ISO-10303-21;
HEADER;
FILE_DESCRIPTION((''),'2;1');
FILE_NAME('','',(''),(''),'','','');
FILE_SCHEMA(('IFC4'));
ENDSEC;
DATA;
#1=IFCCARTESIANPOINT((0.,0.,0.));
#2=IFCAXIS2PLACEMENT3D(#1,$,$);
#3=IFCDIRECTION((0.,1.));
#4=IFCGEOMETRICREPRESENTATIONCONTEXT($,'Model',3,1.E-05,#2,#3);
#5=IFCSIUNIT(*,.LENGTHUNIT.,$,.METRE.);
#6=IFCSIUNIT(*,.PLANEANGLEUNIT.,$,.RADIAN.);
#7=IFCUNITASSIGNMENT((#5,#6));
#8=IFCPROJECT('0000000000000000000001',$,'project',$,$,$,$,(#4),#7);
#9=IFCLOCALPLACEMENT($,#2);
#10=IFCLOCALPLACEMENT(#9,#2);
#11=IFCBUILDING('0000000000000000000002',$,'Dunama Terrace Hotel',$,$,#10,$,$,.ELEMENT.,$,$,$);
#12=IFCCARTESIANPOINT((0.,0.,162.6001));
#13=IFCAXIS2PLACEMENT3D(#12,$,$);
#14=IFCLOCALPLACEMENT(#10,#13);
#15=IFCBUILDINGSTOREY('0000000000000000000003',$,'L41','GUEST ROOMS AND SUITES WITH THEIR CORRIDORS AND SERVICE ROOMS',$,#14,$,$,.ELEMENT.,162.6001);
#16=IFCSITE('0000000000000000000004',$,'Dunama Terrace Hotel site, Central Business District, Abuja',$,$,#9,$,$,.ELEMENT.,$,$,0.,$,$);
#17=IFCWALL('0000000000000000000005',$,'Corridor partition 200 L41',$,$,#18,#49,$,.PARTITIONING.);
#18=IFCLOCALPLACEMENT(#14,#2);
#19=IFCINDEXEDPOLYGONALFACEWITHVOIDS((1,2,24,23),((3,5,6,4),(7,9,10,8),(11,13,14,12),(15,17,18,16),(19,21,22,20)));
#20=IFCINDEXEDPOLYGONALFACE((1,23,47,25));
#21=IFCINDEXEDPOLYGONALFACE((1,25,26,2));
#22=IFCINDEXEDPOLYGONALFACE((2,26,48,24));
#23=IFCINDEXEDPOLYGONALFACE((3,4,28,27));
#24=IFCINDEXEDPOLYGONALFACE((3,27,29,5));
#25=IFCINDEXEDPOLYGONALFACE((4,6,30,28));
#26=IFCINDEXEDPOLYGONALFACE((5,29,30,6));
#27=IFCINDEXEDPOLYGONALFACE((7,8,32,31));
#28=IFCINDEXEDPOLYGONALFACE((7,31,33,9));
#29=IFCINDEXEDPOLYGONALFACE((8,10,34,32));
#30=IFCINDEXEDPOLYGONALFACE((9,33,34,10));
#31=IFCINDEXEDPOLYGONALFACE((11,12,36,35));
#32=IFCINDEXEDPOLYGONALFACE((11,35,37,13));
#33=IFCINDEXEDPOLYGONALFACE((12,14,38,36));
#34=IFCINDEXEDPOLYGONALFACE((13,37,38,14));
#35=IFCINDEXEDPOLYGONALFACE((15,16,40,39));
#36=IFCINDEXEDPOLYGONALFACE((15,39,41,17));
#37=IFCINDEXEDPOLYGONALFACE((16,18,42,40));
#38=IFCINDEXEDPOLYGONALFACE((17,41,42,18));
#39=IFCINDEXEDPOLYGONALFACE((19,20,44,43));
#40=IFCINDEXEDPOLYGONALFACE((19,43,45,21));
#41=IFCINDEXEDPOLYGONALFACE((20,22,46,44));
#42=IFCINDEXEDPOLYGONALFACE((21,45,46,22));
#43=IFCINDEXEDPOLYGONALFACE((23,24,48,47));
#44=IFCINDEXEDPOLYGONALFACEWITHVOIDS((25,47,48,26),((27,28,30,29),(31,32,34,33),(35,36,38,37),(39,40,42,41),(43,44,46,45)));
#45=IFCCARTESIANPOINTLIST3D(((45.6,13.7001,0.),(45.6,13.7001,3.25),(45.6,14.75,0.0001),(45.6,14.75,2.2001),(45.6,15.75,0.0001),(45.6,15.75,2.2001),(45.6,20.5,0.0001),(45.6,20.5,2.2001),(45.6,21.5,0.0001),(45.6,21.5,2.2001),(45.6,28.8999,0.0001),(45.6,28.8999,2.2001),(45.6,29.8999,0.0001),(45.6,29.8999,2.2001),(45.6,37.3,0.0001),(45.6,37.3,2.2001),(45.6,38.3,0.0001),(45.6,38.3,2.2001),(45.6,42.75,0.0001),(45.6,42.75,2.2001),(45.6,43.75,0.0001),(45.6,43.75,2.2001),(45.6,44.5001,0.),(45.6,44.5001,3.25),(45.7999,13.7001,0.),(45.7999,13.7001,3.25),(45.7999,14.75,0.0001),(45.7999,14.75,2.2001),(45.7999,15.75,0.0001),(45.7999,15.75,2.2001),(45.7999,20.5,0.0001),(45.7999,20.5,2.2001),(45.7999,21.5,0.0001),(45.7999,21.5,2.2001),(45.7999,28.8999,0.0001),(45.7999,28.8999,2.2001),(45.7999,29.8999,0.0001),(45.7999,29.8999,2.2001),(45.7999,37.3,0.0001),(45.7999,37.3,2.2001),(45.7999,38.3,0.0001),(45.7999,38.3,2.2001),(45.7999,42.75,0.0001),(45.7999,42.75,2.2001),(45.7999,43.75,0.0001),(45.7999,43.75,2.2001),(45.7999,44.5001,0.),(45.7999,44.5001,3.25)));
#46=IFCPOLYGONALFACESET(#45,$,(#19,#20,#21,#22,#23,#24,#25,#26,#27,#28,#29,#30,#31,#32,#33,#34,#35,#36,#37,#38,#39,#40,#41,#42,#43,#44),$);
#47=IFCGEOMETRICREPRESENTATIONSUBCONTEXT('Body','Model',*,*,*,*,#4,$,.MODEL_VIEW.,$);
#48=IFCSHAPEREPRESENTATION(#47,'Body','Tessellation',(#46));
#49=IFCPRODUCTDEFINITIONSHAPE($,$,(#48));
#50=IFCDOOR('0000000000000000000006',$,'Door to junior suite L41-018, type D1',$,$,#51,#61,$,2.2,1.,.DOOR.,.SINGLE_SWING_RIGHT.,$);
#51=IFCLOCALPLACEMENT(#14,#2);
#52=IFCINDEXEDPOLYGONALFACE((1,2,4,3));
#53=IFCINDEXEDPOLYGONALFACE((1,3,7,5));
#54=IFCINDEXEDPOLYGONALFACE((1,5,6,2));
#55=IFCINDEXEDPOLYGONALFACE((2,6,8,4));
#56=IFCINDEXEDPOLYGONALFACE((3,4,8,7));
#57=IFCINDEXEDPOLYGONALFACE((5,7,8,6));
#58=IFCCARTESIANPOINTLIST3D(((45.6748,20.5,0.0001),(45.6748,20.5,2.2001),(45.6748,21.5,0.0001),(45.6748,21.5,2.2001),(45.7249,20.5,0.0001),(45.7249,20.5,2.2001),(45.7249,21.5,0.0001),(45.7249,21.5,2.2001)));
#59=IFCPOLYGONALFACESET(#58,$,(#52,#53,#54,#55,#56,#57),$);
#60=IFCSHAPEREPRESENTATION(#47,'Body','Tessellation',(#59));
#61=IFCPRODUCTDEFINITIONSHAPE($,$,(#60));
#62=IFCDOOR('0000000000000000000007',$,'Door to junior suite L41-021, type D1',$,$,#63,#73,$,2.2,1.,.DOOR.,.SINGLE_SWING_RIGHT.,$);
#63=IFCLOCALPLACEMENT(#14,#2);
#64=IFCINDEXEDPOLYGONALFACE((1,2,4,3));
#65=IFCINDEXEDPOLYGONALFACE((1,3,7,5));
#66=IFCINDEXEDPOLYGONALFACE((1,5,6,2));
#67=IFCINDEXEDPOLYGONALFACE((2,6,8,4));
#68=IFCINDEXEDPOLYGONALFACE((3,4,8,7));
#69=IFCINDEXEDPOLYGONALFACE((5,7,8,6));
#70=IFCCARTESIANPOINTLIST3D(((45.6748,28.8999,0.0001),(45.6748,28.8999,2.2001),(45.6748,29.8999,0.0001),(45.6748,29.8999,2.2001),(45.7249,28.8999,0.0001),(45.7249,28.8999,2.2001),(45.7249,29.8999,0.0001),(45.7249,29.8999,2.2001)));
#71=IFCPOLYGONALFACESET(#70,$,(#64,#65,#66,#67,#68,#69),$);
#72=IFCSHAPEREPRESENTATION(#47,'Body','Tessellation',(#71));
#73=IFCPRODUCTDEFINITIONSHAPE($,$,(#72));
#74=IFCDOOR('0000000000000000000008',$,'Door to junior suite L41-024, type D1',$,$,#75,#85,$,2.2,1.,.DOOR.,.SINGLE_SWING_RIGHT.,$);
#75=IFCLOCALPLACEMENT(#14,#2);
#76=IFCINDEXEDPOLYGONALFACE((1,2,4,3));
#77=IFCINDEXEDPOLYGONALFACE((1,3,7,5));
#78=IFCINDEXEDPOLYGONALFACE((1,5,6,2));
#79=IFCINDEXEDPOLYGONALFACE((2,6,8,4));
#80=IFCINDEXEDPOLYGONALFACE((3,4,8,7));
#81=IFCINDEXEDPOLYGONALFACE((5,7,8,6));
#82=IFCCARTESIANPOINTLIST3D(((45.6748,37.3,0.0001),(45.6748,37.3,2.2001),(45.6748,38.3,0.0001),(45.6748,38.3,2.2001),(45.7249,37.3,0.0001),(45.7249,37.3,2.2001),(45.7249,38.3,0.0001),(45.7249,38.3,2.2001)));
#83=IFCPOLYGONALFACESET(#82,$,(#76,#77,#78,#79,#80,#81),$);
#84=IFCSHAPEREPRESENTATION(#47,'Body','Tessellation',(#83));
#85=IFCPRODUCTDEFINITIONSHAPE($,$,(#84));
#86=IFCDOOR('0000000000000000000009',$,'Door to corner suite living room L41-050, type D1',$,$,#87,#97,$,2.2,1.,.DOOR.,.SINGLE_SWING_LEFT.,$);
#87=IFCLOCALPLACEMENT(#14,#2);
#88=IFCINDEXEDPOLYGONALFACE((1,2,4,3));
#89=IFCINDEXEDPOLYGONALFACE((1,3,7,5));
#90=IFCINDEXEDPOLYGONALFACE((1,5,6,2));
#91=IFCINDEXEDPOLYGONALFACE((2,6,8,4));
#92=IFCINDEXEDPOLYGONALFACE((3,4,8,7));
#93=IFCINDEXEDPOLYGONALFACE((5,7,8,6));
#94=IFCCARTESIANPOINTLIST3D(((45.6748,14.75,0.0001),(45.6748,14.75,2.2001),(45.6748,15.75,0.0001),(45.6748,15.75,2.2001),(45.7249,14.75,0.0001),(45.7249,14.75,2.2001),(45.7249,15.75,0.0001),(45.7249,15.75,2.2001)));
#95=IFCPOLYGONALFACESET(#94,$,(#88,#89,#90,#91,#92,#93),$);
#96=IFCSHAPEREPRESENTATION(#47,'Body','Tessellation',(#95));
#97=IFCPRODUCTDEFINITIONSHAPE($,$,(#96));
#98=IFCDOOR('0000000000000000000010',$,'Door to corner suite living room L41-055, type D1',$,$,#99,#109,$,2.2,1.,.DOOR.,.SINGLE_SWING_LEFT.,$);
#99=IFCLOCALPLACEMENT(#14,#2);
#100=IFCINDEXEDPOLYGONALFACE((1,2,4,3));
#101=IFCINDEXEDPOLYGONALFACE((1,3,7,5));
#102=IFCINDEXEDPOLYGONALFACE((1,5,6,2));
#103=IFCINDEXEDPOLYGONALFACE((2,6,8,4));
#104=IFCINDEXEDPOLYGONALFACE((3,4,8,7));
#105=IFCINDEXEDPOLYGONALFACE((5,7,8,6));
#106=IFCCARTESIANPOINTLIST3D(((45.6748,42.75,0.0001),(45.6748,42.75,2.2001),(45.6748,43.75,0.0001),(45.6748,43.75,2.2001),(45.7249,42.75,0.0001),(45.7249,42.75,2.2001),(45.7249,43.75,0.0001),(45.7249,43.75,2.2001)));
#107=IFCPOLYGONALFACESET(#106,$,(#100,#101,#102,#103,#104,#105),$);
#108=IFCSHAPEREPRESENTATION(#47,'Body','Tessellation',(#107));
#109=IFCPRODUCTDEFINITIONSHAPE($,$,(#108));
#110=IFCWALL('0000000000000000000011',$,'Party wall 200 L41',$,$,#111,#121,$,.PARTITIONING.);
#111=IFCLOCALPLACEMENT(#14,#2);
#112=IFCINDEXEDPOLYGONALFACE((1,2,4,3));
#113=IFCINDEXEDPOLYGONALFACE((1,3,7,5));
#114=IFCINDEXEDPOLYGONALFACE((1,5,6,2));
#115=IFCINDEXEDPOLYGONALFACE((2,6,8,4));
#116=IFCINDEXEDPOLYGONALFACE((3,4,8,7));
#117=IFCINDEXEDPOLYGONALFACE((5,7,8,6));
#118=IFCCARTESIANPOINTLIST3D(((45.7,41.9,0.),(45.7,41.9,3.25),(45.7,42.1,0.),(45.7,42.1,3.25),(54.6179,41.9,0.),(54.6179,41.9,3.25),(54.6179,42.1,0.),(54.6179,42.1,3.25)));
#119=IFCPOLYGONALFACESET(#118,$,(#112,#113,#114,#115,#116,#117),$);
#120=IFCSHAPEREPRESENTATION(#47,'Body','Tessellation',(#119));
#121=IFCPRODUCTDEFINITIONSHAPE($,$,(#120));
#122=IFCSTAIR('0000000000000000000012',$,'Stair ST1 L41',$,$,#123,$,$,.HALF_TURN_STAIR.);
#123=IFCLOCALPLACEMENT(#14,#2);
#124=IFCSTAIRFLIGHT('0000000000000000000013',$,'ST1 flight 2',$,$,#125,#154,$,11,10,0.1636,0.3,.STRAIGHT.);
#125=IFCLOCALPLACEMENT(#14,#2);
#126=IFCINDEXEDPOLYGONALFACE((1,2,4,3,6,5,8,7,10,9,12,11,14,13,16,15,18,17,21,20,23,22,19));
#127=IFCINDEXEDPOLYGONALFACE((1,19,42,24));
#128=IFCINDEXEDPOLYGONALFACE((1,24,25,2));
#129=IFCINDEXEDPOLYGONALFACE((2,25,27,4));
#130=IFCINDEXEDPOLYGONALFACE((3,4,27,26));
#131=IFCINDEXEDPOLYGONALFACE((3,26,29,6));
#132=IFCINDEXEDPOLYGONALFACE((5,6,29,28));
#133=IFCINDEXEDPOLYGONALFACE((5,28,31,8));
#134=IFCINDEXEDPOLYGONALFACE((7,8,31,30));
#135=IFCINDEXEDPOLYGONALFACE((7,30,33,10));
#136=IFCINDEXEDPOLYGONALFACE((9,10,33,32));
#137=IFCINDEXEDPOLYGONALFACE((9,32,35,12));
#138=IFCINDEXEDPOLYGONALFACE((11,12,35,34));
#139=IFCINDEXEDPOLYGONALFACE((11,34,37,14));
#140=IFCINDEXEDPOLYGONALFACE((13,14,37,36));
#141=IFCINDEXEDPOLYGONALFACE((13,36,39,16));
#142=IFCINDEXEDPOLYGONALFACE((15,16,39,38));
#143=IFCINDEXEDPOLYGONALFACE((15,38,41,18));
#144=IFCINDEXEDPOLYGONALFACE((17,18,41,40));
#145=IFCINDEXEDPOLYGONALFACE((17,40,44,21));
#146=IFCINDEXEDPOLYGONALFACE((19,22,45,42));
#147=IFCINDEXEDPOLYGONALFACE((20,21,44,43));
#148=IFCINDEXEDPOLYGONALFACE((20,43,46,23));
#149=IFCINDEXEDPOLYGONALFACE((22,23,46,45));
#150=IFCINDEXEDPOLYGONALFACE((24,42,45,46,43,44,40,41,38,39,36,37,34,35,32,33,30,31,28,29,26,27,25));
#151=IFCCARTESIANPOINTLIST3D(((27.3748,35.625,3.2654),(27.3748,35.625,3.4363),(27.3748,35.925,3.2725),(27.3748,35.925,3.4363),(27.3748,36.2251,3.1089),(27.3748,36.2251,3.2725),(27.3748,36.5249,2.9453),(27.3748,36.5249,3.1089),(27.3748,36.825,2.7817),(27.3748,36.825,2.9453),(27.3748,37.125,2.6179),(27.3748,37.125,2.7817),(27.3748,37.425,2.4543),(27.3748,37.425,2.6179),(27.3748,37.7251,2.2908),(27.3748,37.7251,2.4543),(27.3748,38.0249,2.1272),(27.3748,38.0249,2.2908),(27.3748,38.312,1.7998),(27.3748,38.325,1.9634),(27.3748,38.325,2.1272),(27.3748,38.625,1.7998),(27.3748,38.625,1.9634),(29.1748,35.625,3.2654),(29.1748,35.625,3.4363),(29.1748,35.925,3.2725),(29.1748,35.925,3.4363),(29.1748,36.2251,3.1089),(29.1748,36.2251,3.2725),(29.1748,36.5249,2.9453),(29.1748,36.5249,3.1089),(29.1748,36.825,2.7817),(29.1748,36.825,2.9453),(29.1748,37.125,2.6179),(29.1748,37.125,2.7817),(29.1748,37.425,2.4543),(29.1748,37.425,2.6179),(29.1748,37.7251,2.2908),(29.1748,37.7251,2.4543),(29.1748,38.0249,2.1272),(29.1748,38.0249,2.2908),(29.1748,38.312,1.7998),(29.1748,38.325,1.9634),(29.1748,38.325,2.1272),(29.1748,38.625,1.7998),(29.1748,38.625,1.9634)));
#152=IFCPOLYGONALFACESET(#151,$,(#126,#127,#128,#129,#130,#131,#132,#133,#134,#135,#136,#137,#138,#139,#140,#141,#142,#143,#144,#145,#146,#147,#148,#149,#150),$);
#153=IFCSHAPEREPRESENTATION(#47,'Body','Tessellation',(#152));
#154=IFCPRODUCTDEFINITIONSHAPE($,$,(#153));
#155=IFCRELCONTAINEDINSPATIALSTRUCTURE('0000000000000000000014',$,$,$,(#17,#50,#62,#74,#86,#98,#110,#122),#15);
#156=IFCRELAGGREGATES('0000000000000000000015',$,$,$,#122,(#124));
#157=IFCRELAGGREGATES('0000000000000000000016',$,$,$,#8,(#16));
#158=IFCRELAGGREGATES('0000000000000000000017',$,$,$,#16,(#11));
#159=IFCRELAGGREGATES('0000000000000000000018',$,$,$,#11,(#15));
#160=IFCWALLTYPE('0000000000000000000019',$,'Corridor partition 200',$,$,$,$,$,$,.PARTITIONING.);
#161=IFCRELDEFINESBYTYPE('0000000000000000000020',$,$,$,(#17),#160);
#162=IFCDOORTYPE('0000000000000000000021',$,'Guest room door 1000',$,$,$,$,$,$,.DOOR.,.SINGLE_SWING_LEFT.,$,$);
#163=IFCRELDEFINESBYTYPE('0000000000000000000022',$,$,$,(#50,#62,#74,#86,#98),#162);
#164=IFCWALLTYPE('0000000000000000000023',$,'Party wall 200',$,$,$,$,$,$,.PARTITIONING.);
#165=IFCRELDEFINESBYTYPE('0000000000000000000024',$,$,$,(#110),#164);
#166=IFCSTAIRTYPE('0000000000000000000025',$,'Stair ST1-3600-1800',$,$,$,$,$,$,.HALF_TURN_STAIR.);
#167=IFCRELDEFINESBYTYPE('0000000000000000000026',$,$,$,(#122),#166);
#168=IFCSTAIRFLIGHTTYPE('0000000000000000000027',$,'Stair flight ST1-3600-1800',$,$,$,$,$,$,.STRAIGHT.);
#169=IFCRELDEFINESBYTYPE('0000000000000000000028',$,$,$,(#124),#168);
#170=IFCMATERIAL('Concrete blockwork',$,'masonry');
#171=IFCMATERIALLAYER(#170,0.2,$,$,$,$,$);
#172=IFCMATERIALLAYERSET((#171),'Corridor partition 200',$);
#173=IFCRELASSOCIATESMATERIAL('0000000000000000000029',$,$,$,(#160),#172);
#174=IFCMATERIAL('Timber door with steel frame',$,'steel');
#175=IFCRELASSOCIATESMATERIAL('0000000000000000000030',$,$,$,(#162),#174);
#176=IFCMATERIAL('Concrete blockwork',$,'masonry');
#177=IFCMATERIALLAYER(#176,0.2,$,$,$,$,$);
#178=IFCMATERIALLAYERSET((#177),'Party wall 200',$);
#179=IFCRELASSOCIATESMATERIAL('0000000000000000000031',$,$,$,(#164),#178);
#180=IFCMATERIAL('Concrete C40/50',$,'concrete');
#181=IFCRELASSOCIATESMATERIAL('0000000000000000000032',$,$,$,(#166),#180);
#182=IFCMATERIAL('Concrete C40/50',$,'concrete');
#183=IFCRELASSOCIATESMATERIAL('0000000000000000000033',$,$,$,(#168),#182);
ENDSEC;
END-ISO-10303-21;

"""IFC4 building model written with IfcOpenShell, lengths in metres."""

from ifc_helpers import new_model, si_unit, direction, frame, frame_2d, origin, place, context, subcontext, project, spatial, polyline, rectangle, outline, extrude, material, layer, layer_set, type_object, element, fill, aggregate, save


model = new_model("IFC4")

# Units and contexts
model_context = context("Model", 3, precision=1e-05, world=origin(), true_north=direction((0.0, 1.0)))
body_context = subcontext(model_context, "Body", "Model", "MODEL_VIEW")
ifc_project = project(units=[si_unit("LENGTHUNIT", "METRE"), si_unit("PLANEANGLEUNIT", "RADIAN")], contexts=[model_context])

# Site, building, storey
site_placement = place(None, origin())
site = spatial("IfcSite", under=ifc_project, at=site_placement, Name="Dunama Terrace Hotel site, Central Business District, Abuja", CompositionType="ELEMENT", RefElevation=0.0)
building_placement = place(site_placement, origin())
building = spatial("IfcBuilding", under=site, at=building_placement, Name="Dunama Terrace Hotel", CompositionType="ELEMENT")
storey_placement = place(building_placement, frame((0.0, 0.0, 162.6001)))
storey = spatial("IfcBuildingStorey", under=building, at=storey_placement, Name="L41", Description="GUEST ROOMS AND SUITES WITH THEIR CORRIDORS AND SERVICE ROOMS", CompositionType="ELEMENT", Elevation=162.6001)

# Shared definitions
ifc_material_1 = material(Name="Concrete blockwork", Category="masonry")
ifc_layer_1 = layer(ifc_material_1, 0.2)
ifc_layer_set_1 = layer_set([ifc_layer_1], Name="Corridor partition 200")
wall_type_1 = type_object("IfcWallType", Name="Corridor partition 200", PredefinedType="PARTITIONING", material=ifc_layer_set_1)

# Wall, openings, doors
wall_1_placement = place(storey_placement, frame((45.7, 44.5, 0.0), z_axis=(0.0, 0.0, 1.0), x_axis=(0.0, -1.0, 0.0)))
wall_1 = element("IfcWall", 1, at=wall_1_placement, inside=storey, type_object=wall_type_1, Name="Corridor partition 200 L41", PredefinedType="PARTITIONING", context=body_context, shape_type="SweptSolid", body=[
    extrude(rectangle(XDim=30.8, YDim=0.2, at=frame_2d((15.3999, 0.0))), origin(), (0.0, 0.0, 1.0), 3.25),
])
opening_1_placement = place(wall_1_placement, frame((23.0, 0.0, 0.0)))
opening_1 = element("IfcOpeningElement", 2, at=opening_1_placement, cuts=wall_1, PredefinedType="OPENING", context=body_context, shape_type="SweptSolid", body=[
    extrude(rectangle(XDim=1.0, YDim=2.2, at=frame_2d((0.5, 1.1001))), frame((0.0, 0.1099, 0.0), z_axis=(0.0, -1.0, 0.0), x_axis=(1.0, 0.0, 0.0)), (0.0, 0.0, 1.0), 0.22),
])
opening_2_placement = place(wall_1_placement, frame((14.6001, 0.0, 0.0)))
opening_2 = element("IfcOpeningElement", 3, at=opening_2_placement, cuts=wall_1, PredefinedType="OPENING", context=body_context, shape_type="SweptSolid", body=[
    extrude(rectangle(XDim=1.0, YDim=2.2, at=frame_2d((0.5, 1.1001))), frame((0.0, 0.1099, 0.0), z_axis=(0.0, -1.0, 0.0), x_axis=(1.0, 0.0, 0.0)), (0.0, 0.0, 1.0), 0.22),
])
opening_3_placement = place(wall_1_placement, frame((6.2, 0.0, 0.0)))
opening_3 = element("IfcOpeningElement", 4, at=opening_3_placement, cuts=wall_1, PredefinedType="OPENING", context=body_context, shape_type="SweptSolid", body=[
    extrude(rectangle(XDim=1.0, YDim=2.2, at=frame_2d((0.5, 1.1001))), frame((0.0, 0.1099, 0.0), z_axis=(0.0, -1.0, 0.0), x_axis=(1.0, 0.0, 0.0)), (0.0, 0.0, 1.0), 0.22),
])
opening_4_placement = place(wall_1_placement, frame((28.75, 0.0, 0.0)))
opening_4 = element("IfcOpeningElement", 5, at=opening_4_placement, cuts=wall_1, PredefinedType="OPENING", context=body_context, shape_type="SweptSolid", body=[
    extrude(rectangle(XDim=1.0, YDim=2.2, at=frame_2d((0.5, 1.1001))), frame((0.0, 0.1099, 0.0), z_axis=(0.0, -1.0, 0.0), x_axis=(1.0, 0.0, 0.0)), (0.0, 0.0, 1.0), 0.22),
])
opening_5_placement = place(wall_1_placement, frame((0.75, 0.0, 0.0)))
opening_5 = element("IfcOpeningElement", 6, at=opening_5_placement, cuts=wall_1, PredefinedType="OPENING", context=body_context, shape_type="SweptSolid", body=[
    extrude(rectangle(XDim=1.0, YDim=2.2, at=frame_2d((0.5, 1.1001))), frame((0.0, 0.1099, 0.0), z_axis=(0.0, -1.0, 0.0), x_axis=(1.0, 0.0, 0.0)), (0.0, 0.0, 1.0), 0.22),
])
ifc_material_2 = material(Name="Timber door with steel frame", Category="steel")
door_type_1 = type_object("IfcDoorType", Name="Guest room door 1000", OperationType="SINGLE_SWING_LEFT", PredefinedType="DOOR", material=ifc_material_2)
door_1_placement = place(opening_1_placement, origin())
door_1 = element("IfcDoor", 7, at=door_1_placement, inside=storey, type_object=door_type_1, Name="Door to junior suite L41-018, type D1", OperationType="SINGLE_SWING_RIGHT", OverallHeight=2.2, OverallWidth=1.0, PredefinedType="DOOR", context=body_context, shape_type="SweptSolid", body=[
    extrude(rectangle(XDim=1.0, YDim=2.2, at=frame_2d((0.5, 1.1001))), frame((0.0, 0.0249, 0.0), z_axis=(0.0, -1.0, 0.0), x_axis=(1.0, 0.0, 0.0)), (0.0, 0.0, 1.0), 0.05),
])
fill(opening_1, door_1)
door_2_placement = place(opening_2_placement, origin())
door_2 = element("IfcDoor", 8, at=door_2_placement, inside=storey, type_object=door_type_1, Name="Door to junior suite L41-021, type D1", OperationType="SINGLE_SWING_RIGHT", OverallHeight=2.2, OverallWidth=1.0, PredefinedType="DOOR", context=body_context, shape_type="SweptSolid", body=[
    extrude(rectangle(XDim=1.0, YDim=2.2, at=frame_2d((0.5, 1.1001))), frame((0.0, 0.0249, 0.0), z_axis=(0.0, -1.0, 0.0), x_axis=(1.0, 0.0, 0.0)), (0.0, 0.0, 1.0), 0.05),
])
fill(opening_2, door_2)
door_3_placement = place(opening_3_placement, origin())
door_3 = element("IfcDoor", 9, at=door_3_placement, inside=storey, type_object=door_type_1, Name="Door to junior suite L41-024, type D1", OperationType="SINGLE_SWING_RIGHT", OverallHeight=2.2, OverallWidth=1.0, PredefinedType="DOOR", context=body_context, shape_type="SweptSolid", body=[
    extrude(rectangle(XDim=1.0, YDim=2.2, at=frame_2d((0.5, 1.1001))), frame((0.0, 0.0249, 0.0), z_axis=(0.0, -1.0, 0.0), x_axis=(1.0, 0.0, 0.0)), (0.0, 0.0, 1.0), 0.05),
])
fill(opening_3, door_3)
door_4_placement = place(opening_4_placement, origin())
door_4 = element("IfcDoor", 10, at=door_4_placement, inside=storey, type_object=door_type_1, Name="Door to corner suite living room L41-050, type D1", OperationType="SINGLE_SWING_LEFT", OverallHeight=2.2, OverallWidth=1.0, PredefinedType="DOOR", context=body_context, shape_type="SweptSolid", body=[
    extrude(rectangle(XDim=1.0, YDim=2.2, at=frame_2d((0.5, 1.1001))), frame((0.0, 0.0249, 0.0), z_axis=(0.0, -1.0, 0.0), x_axis=(1.0, 0.0, 0.0)), (0.0, 0.0, 1.0), 0.05),
])
fill(opening_4, door_4)
door_5_placement = place(opening_5_placement, origin())
door_5 = element("IfcDoor", 11, at=door_5_placement, inside=storey, type_object=door_type_1, Name="Door to corner suite living room L41-055, type D1", OperationType="SINGLE_SWING_LEFT", OverallHeight=2.2, OverallWidth=1.0, PredefinedType="DOOR", context=body_context, shape_type="SweptSolid", body=[
    extrude(rectangle(XDim=1.0, YDim=2.2, at=frame_2d((0.5, 1.1001))), frame((0.0, 0.0249, 0.0), z_axis=(0.0, -1.0, 0.0), x_axis=(1.0, 0.0, 0.0)), (0.0, 0.0, 1.0), 0.05),
])
fill(opening_5, door_5)

# Wall
ifc_material_3 = material(Name="Concrete blockwork", Category="masonry")
ifc_layer_2 = layer(ifc_material_3, 0.2)
ifc_layer_set_2 = layer_set([ifc_layer_2], Name="Party wall 200")
wall_type_2 = type_object("IfcWallType", Name="Party wall 200", PredefinedType="PARTITIONING", material=ifc_layer_set_2)
wall_2_placement = place(storey_placement, frame((45.7, 42.0, 0.0), z_axis=(0.0, 0.0, 1.0), x_axis=(1.0, 0.0, 0.0)))
element("IfcWall", 12, at=wall_2_placement, inside=storey, type_object=wall_type_2, Name="Party wall 200 L41", PredefinedType="PARTITIONING", context=body_context, shape_type="SweptSolid", body=[
    extrude(rectangle(XDim=8.918, YDim=0.2, at=frame_2d((4.459, 0.0))), origin(), (0.0, 0.0, 1.0), 3.25),
])

# Stair, stair flight
ifc_material_4 = material(Name="Concrete C40/50", Category="concrete")
stair_type = type_object("IfcStairType", Name="Stair ST1-3600-1800", PredefinedType="HALF_TURN_STAIR", material=ifc_material_4)
stair_placement = place(storey_placement, origin())
stair = element("IfcStair", 13, at=stair_placement, inside=storey, type_object=stair_type, Name="Stair ST1 L41", PredefinedType="HALF_TURN_STAIR")
ifc_material_5 = material(Name="Concrete C40/50", Category="concrete")
stair_flight_type = type_object("IfcStairFlightType", Name="Stair flight ST1-3600-1800", PredefinedType="STRAIGHT", material=ifc_material_5)
stair_flight_placement = place(storey_placement, frame((28.2749, 38.625, 1.7998), z_axis=(0.0, 0.0, 1.0), x_axis=(0.0, -1.0, 0.0)))
stair_flight = element("IfcStairFlight", 14, at=stair_flight_placement, type_object=stair_flight_type, Name="ST1 flight 2", NumberOfRisers=11, NumberOfTreads=10, PredefinedType="STRAIGHT", RiserHeight=0.1636, TreadLength=0.3, context=body_context, shape_type="SweptSolid", body=[
    extrude(outline(polyline([(0.0, 0.0), (0.0, 0.1636), (0.3, 0.1636), (0.3, 0.3274), (0.6001, 0.3274), (0.6001, 0.491), (0.8999, 0.491), (0.8999, 0.6545), (1.2, 0.6545), (1.2, 0.8181), (1.5, 0.8181), (1.5, 0.9819), (1.8, 0.9819), (1.8, 1.1455), (2.1001, 1.1455), (2.1001, 1.3091), (2.3999, 1.3091), (2.3999, 1.4727), (2.7, 1.4727), (2.7, 1.6365), (3.0, 1.6365), (3.0, 1.8), (3.0, 1.4656), (0.313, 0.0), (0.0, 0.0)])), frame((0.0, 0.8999, 0.0), z_axis=(0.0, -1.0, 0.0), x_axis=(1.0, 0.0, 0.0)), (0.0, 0.0, 1.0), 1.8),
])
aggregate(stair, [stair_flight])

save(model, "model.ifc")
